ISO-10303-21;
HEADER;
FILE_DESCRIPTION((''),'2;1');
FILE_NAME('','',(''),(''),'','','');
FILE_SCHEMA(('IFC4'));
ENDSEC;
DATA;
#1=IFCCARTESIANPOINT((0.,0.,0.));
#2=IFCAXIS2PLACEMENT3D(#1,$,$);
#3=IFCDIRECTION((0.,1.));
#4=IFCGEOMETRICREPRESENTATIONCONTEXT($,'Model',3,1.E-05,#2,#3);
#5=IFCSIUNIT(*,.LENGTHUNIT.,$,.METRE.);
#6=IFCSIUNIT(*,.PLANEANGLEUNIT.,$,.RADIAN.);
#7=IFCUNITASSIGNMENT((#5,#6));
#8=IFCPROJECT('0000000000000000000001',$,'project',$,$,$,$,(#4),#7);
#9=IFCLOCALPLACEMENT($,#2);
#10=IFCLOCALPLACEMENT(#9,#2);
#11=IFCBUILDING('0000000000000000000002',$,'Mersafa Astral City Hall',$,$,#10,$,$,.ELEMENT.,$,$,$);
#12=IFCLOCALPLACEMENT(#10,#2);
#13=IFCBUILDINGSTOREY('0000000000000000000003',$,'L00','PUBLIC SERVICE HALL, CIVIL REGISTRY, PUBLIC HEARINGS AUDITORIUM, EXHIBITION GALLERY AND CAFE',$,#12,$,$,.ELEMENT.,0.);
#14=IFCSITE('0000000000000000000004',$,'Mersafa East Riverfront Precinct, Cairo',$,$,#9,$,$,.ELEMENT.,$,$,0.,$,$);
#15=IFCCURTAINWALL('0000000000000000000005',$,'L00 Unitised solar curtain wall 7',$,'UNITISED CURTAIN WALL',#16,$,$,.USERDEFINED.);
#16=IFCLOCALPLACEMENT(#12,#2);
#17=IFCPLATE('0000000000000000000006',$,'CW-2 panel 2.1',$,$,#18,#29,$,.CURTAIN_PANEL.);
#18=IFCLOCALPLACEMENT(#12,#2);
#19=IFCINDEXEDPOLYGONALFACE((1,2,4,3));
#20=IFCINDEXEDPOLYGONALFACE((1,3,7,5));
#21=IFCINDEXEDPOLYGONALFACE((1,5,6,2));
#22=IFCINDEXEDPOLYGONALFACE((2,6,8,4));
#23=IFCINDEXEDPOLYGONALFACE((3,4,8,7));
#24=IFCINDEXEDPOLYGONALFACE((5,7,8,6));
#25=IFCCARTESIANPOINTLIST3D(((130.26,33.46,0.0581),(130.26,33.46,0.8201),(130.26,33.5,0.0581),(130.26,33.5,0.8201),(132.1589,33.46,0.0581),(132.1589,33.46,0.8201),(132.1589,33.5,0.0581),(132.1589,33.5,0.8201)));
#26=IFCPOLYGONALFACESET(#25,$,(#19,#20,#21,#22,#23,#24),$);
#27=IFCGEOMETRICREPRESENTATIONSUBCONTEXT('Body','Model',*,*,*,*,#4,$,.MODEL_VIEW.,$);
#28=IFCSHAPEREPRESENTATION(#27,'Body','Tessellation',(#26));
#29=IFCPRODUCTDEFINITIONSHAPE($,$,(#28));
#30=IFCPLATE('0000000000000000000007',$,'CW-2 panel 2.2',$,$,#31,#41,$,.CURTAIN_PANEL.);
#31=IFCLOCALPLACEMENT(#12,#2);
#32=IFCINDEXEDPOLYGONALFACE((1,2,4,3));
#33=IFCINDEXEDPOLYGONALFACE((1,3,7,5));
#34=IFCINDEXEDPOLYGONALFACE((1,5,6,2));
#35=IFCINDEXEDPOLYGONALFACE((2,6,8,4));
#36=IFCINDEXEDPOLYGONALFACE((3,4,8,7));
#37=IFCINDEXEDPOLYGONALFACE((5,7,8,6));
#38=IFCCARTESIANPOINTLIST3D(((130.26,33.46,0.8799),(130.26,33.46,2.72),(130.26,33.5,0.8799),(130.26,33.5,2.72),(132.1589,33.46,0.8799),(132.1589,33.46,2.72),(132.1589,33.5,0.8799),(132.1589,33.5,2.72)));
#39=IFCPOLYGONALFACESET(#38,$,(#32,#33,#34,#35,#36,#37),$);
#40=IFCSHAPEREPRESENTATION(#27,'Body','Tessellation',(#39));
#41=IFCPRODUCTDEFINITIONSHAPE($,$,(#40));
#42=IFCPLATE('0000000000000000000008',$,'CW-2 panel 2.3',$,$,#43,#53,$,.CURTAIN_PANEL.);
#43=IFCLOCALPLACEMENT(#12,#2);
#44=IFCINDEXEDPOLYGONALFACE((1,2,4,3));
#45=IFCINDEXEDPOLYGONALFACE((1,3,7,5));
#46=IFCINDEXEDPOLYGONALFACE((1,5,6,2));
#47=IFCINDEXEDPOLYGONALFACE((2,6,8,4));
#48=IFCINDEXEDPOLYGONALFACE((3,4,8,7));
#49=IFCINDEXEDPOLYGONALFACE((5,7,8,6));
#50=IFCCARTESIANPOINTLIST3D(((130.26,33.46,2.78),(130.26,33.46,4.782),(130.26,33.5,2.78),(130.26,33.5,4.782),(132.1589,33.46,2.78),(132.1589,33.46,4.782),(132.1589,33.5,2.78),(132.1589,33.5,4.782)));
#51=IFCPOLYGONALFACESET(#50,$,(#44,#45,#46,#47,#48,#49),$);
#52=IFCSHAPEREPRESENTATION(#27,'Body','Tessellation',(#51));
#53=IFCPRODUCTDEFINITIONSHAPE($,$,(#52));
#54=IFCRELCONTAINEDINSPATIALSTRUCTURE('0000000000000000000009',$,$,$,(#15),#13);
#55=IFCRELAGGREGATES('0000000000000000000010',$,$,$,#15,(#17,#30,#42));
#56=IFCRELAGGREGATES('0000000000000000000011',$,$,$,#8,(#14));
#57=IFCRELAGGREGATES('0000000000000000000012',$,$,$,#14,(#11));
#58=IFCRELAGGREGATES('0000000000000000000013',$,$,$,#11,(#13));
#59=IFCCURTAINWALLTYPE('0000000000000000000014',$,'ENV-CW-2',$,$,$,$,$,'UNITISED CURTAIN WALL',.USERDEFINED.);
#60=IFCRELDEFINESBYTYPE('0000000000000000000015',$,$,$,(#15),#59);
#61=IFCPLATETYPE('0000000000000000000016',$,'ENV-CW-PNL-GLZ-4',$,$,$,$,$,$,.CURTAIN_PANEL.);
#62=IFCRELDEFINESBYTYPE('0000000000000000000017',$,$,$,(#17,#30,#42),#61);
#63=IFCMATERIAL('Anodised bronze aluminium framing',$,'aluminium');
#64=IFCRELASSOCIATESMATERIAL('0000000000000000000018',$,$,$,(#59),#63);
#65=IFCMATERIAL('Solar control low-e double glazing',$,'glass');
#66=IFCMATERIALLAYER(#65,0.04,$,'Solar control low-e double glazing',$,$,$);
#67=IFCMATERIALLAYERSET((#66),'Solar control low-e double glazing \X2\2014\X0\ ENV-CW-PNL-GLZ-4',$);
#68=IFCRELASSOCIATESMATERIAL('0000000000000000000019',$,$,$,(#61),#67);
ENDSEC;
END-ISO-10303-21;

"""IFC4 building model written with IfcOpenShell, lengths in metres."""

from ifc_helpers import new_model, si_unit, direction, frame, origin, origin_2d, place, context, subcontext, project, spatial, rectangle, extrude, material, layer, layer_set, type_object, element, aggregate, save


model = new_model("IFC4")

# Units and contexts
model_context = context("Model", 3, precision=1e-05, world=origin(), true_north=direction((0.0, 1.0)))
body_context = subcontext(model_context, "Body", "Model", "MODEL_VIEW")
ifc_project = project(units=[si_unit("LENGTHUNIT", "METRE"), si_unit("PLANEANGLEUNIT", "RADIAN")], contexts=[model_context])

# Site, building, storey
site_placement = place(None, origin())
site = spatial("IfcSite", under=ifc_project, at=site_placement, Name="Mersafa East Riverfront Precinct, Cairo", CompositionType="ELEMENT", RefElevation=0.0)
building_placement = place(site_placement, origin())
building = spatial("IfcBuilding", under=site, at=building_placement, Name="Mersafa Astral City Hall", CompositionType="ELEMENT")
storey_placement = place(building_placement, origin())
storey = spatial("IfcBuildingStorey", under=building, at=storey_placement, Name="L00", Description="PUBLIC SERVICE HALL, CIVIL REGISTRY, PUBLIC HEARINGS AUDITORIUM, EXHIBITION GALLERY AND CAFE", CompositionType="ELEMENT", Elevation=0.0)

# Curtain wall
ifc_material_1 = material(Name="Anodised bronze aluminium framing", Category="aluminium")
curtain_wall_type = type_object("IfcCurtainWallType", Name="ENV-CW-2", ElementType="UNITISED CURTAIN WALL", PredefinedType="USERDEFINED", material=ifc_material_1)
curtain_wall_placement = place(storey_placement, origin())
curtain_wall = element("IfcCurtainWall", 1, at=curtain_wall_placement, inside=storey, type_object=curtain_wall_type, Name="L00 Unitised solar curtain wall 7", ObjectType="UNITISED CURTAIN WALL", PredefinedType="USERDEFINED")

# Plates
ifc_material_2 = material(Name="Solar control low-e double glazing", Category="glass")
ifc_layer = layer(ifc_material_2, 0.04, Name="Solar control low-e double glazing")
ifc_layer_set = layer_set([ifc_layer], Name="Solar control low-e double glazing — ENV-CW-PNL-GLZ-4")
plate_type = type_object("IfcPlateType", Name="ENV-CW-PNL-GLZ-4", PredefinedType="CURTAIN_PANEL", material=ifc_layer_set)
plate_1_placement = place(storey_placement, frame((131.2095, 33.48, 0.0581), z_axis=(0.0, 0.0, 1.0), x_axis=(-1.0, 0.0, 0.0)))
plate_1 = element("IfcPlate", 2, at=plate_1_placement, type_object=plate_type, Name="CW-2 panel 2.1", PredefinedType="CURTAIN_PANEL", context=body_context, shape_type="SweptSolid", body=[
    extrude(rectangle(XDim=1.8989, YDim=0.04, at=origin_2d()), origin(), (0.0, 0.0, 1.0), 0.762),
])
plate_2_placement = place(storey_placement, frame((131.2095, 33.48, 0.8799), z_axis=(0.0, 0.0, 1.0), x_axis=(-1.0, 0.0, 0.0)))
plate_2 = element("IfcPlate", 3, at=plate_2_placement, type_object=plate_type, Name="CW-2 panel 2.2", PredefinedType="CURTAIN_PANEL", context=body_context, shape_type="SweptSolid", body=[
    extrude(rectangle(XDim=1.8989, YDim=0.04, at=origin_2d()), origin(), (0.0, 0.0, 1.0), 1.8401),
])
plate_3_placement = place(storey_placement, frame((131.2095, 33.48, 2.78), z_axis=(0.0, 0.0, 1.0), x_axis=(-1.0, 0.0, 0.0)))
plate_3 = element("IfcPlate", 4, at=plate_3_placement, type_object=plate_type, Name="CW-2 panel 2.3", PredefinedType="CURTAIN_PANEL", context=body_context, shape_type="SweptSolid", body=[
    extrude(rectangle(XDim=1.8989, YDim=0.04, at=origin_2d()), origin(), (0.0, 0.0, 1.0), 2.002),
])
aggregate(curtain_wall, [plate_1, plate_2, plate_3])

save(model, "model.ifc")
